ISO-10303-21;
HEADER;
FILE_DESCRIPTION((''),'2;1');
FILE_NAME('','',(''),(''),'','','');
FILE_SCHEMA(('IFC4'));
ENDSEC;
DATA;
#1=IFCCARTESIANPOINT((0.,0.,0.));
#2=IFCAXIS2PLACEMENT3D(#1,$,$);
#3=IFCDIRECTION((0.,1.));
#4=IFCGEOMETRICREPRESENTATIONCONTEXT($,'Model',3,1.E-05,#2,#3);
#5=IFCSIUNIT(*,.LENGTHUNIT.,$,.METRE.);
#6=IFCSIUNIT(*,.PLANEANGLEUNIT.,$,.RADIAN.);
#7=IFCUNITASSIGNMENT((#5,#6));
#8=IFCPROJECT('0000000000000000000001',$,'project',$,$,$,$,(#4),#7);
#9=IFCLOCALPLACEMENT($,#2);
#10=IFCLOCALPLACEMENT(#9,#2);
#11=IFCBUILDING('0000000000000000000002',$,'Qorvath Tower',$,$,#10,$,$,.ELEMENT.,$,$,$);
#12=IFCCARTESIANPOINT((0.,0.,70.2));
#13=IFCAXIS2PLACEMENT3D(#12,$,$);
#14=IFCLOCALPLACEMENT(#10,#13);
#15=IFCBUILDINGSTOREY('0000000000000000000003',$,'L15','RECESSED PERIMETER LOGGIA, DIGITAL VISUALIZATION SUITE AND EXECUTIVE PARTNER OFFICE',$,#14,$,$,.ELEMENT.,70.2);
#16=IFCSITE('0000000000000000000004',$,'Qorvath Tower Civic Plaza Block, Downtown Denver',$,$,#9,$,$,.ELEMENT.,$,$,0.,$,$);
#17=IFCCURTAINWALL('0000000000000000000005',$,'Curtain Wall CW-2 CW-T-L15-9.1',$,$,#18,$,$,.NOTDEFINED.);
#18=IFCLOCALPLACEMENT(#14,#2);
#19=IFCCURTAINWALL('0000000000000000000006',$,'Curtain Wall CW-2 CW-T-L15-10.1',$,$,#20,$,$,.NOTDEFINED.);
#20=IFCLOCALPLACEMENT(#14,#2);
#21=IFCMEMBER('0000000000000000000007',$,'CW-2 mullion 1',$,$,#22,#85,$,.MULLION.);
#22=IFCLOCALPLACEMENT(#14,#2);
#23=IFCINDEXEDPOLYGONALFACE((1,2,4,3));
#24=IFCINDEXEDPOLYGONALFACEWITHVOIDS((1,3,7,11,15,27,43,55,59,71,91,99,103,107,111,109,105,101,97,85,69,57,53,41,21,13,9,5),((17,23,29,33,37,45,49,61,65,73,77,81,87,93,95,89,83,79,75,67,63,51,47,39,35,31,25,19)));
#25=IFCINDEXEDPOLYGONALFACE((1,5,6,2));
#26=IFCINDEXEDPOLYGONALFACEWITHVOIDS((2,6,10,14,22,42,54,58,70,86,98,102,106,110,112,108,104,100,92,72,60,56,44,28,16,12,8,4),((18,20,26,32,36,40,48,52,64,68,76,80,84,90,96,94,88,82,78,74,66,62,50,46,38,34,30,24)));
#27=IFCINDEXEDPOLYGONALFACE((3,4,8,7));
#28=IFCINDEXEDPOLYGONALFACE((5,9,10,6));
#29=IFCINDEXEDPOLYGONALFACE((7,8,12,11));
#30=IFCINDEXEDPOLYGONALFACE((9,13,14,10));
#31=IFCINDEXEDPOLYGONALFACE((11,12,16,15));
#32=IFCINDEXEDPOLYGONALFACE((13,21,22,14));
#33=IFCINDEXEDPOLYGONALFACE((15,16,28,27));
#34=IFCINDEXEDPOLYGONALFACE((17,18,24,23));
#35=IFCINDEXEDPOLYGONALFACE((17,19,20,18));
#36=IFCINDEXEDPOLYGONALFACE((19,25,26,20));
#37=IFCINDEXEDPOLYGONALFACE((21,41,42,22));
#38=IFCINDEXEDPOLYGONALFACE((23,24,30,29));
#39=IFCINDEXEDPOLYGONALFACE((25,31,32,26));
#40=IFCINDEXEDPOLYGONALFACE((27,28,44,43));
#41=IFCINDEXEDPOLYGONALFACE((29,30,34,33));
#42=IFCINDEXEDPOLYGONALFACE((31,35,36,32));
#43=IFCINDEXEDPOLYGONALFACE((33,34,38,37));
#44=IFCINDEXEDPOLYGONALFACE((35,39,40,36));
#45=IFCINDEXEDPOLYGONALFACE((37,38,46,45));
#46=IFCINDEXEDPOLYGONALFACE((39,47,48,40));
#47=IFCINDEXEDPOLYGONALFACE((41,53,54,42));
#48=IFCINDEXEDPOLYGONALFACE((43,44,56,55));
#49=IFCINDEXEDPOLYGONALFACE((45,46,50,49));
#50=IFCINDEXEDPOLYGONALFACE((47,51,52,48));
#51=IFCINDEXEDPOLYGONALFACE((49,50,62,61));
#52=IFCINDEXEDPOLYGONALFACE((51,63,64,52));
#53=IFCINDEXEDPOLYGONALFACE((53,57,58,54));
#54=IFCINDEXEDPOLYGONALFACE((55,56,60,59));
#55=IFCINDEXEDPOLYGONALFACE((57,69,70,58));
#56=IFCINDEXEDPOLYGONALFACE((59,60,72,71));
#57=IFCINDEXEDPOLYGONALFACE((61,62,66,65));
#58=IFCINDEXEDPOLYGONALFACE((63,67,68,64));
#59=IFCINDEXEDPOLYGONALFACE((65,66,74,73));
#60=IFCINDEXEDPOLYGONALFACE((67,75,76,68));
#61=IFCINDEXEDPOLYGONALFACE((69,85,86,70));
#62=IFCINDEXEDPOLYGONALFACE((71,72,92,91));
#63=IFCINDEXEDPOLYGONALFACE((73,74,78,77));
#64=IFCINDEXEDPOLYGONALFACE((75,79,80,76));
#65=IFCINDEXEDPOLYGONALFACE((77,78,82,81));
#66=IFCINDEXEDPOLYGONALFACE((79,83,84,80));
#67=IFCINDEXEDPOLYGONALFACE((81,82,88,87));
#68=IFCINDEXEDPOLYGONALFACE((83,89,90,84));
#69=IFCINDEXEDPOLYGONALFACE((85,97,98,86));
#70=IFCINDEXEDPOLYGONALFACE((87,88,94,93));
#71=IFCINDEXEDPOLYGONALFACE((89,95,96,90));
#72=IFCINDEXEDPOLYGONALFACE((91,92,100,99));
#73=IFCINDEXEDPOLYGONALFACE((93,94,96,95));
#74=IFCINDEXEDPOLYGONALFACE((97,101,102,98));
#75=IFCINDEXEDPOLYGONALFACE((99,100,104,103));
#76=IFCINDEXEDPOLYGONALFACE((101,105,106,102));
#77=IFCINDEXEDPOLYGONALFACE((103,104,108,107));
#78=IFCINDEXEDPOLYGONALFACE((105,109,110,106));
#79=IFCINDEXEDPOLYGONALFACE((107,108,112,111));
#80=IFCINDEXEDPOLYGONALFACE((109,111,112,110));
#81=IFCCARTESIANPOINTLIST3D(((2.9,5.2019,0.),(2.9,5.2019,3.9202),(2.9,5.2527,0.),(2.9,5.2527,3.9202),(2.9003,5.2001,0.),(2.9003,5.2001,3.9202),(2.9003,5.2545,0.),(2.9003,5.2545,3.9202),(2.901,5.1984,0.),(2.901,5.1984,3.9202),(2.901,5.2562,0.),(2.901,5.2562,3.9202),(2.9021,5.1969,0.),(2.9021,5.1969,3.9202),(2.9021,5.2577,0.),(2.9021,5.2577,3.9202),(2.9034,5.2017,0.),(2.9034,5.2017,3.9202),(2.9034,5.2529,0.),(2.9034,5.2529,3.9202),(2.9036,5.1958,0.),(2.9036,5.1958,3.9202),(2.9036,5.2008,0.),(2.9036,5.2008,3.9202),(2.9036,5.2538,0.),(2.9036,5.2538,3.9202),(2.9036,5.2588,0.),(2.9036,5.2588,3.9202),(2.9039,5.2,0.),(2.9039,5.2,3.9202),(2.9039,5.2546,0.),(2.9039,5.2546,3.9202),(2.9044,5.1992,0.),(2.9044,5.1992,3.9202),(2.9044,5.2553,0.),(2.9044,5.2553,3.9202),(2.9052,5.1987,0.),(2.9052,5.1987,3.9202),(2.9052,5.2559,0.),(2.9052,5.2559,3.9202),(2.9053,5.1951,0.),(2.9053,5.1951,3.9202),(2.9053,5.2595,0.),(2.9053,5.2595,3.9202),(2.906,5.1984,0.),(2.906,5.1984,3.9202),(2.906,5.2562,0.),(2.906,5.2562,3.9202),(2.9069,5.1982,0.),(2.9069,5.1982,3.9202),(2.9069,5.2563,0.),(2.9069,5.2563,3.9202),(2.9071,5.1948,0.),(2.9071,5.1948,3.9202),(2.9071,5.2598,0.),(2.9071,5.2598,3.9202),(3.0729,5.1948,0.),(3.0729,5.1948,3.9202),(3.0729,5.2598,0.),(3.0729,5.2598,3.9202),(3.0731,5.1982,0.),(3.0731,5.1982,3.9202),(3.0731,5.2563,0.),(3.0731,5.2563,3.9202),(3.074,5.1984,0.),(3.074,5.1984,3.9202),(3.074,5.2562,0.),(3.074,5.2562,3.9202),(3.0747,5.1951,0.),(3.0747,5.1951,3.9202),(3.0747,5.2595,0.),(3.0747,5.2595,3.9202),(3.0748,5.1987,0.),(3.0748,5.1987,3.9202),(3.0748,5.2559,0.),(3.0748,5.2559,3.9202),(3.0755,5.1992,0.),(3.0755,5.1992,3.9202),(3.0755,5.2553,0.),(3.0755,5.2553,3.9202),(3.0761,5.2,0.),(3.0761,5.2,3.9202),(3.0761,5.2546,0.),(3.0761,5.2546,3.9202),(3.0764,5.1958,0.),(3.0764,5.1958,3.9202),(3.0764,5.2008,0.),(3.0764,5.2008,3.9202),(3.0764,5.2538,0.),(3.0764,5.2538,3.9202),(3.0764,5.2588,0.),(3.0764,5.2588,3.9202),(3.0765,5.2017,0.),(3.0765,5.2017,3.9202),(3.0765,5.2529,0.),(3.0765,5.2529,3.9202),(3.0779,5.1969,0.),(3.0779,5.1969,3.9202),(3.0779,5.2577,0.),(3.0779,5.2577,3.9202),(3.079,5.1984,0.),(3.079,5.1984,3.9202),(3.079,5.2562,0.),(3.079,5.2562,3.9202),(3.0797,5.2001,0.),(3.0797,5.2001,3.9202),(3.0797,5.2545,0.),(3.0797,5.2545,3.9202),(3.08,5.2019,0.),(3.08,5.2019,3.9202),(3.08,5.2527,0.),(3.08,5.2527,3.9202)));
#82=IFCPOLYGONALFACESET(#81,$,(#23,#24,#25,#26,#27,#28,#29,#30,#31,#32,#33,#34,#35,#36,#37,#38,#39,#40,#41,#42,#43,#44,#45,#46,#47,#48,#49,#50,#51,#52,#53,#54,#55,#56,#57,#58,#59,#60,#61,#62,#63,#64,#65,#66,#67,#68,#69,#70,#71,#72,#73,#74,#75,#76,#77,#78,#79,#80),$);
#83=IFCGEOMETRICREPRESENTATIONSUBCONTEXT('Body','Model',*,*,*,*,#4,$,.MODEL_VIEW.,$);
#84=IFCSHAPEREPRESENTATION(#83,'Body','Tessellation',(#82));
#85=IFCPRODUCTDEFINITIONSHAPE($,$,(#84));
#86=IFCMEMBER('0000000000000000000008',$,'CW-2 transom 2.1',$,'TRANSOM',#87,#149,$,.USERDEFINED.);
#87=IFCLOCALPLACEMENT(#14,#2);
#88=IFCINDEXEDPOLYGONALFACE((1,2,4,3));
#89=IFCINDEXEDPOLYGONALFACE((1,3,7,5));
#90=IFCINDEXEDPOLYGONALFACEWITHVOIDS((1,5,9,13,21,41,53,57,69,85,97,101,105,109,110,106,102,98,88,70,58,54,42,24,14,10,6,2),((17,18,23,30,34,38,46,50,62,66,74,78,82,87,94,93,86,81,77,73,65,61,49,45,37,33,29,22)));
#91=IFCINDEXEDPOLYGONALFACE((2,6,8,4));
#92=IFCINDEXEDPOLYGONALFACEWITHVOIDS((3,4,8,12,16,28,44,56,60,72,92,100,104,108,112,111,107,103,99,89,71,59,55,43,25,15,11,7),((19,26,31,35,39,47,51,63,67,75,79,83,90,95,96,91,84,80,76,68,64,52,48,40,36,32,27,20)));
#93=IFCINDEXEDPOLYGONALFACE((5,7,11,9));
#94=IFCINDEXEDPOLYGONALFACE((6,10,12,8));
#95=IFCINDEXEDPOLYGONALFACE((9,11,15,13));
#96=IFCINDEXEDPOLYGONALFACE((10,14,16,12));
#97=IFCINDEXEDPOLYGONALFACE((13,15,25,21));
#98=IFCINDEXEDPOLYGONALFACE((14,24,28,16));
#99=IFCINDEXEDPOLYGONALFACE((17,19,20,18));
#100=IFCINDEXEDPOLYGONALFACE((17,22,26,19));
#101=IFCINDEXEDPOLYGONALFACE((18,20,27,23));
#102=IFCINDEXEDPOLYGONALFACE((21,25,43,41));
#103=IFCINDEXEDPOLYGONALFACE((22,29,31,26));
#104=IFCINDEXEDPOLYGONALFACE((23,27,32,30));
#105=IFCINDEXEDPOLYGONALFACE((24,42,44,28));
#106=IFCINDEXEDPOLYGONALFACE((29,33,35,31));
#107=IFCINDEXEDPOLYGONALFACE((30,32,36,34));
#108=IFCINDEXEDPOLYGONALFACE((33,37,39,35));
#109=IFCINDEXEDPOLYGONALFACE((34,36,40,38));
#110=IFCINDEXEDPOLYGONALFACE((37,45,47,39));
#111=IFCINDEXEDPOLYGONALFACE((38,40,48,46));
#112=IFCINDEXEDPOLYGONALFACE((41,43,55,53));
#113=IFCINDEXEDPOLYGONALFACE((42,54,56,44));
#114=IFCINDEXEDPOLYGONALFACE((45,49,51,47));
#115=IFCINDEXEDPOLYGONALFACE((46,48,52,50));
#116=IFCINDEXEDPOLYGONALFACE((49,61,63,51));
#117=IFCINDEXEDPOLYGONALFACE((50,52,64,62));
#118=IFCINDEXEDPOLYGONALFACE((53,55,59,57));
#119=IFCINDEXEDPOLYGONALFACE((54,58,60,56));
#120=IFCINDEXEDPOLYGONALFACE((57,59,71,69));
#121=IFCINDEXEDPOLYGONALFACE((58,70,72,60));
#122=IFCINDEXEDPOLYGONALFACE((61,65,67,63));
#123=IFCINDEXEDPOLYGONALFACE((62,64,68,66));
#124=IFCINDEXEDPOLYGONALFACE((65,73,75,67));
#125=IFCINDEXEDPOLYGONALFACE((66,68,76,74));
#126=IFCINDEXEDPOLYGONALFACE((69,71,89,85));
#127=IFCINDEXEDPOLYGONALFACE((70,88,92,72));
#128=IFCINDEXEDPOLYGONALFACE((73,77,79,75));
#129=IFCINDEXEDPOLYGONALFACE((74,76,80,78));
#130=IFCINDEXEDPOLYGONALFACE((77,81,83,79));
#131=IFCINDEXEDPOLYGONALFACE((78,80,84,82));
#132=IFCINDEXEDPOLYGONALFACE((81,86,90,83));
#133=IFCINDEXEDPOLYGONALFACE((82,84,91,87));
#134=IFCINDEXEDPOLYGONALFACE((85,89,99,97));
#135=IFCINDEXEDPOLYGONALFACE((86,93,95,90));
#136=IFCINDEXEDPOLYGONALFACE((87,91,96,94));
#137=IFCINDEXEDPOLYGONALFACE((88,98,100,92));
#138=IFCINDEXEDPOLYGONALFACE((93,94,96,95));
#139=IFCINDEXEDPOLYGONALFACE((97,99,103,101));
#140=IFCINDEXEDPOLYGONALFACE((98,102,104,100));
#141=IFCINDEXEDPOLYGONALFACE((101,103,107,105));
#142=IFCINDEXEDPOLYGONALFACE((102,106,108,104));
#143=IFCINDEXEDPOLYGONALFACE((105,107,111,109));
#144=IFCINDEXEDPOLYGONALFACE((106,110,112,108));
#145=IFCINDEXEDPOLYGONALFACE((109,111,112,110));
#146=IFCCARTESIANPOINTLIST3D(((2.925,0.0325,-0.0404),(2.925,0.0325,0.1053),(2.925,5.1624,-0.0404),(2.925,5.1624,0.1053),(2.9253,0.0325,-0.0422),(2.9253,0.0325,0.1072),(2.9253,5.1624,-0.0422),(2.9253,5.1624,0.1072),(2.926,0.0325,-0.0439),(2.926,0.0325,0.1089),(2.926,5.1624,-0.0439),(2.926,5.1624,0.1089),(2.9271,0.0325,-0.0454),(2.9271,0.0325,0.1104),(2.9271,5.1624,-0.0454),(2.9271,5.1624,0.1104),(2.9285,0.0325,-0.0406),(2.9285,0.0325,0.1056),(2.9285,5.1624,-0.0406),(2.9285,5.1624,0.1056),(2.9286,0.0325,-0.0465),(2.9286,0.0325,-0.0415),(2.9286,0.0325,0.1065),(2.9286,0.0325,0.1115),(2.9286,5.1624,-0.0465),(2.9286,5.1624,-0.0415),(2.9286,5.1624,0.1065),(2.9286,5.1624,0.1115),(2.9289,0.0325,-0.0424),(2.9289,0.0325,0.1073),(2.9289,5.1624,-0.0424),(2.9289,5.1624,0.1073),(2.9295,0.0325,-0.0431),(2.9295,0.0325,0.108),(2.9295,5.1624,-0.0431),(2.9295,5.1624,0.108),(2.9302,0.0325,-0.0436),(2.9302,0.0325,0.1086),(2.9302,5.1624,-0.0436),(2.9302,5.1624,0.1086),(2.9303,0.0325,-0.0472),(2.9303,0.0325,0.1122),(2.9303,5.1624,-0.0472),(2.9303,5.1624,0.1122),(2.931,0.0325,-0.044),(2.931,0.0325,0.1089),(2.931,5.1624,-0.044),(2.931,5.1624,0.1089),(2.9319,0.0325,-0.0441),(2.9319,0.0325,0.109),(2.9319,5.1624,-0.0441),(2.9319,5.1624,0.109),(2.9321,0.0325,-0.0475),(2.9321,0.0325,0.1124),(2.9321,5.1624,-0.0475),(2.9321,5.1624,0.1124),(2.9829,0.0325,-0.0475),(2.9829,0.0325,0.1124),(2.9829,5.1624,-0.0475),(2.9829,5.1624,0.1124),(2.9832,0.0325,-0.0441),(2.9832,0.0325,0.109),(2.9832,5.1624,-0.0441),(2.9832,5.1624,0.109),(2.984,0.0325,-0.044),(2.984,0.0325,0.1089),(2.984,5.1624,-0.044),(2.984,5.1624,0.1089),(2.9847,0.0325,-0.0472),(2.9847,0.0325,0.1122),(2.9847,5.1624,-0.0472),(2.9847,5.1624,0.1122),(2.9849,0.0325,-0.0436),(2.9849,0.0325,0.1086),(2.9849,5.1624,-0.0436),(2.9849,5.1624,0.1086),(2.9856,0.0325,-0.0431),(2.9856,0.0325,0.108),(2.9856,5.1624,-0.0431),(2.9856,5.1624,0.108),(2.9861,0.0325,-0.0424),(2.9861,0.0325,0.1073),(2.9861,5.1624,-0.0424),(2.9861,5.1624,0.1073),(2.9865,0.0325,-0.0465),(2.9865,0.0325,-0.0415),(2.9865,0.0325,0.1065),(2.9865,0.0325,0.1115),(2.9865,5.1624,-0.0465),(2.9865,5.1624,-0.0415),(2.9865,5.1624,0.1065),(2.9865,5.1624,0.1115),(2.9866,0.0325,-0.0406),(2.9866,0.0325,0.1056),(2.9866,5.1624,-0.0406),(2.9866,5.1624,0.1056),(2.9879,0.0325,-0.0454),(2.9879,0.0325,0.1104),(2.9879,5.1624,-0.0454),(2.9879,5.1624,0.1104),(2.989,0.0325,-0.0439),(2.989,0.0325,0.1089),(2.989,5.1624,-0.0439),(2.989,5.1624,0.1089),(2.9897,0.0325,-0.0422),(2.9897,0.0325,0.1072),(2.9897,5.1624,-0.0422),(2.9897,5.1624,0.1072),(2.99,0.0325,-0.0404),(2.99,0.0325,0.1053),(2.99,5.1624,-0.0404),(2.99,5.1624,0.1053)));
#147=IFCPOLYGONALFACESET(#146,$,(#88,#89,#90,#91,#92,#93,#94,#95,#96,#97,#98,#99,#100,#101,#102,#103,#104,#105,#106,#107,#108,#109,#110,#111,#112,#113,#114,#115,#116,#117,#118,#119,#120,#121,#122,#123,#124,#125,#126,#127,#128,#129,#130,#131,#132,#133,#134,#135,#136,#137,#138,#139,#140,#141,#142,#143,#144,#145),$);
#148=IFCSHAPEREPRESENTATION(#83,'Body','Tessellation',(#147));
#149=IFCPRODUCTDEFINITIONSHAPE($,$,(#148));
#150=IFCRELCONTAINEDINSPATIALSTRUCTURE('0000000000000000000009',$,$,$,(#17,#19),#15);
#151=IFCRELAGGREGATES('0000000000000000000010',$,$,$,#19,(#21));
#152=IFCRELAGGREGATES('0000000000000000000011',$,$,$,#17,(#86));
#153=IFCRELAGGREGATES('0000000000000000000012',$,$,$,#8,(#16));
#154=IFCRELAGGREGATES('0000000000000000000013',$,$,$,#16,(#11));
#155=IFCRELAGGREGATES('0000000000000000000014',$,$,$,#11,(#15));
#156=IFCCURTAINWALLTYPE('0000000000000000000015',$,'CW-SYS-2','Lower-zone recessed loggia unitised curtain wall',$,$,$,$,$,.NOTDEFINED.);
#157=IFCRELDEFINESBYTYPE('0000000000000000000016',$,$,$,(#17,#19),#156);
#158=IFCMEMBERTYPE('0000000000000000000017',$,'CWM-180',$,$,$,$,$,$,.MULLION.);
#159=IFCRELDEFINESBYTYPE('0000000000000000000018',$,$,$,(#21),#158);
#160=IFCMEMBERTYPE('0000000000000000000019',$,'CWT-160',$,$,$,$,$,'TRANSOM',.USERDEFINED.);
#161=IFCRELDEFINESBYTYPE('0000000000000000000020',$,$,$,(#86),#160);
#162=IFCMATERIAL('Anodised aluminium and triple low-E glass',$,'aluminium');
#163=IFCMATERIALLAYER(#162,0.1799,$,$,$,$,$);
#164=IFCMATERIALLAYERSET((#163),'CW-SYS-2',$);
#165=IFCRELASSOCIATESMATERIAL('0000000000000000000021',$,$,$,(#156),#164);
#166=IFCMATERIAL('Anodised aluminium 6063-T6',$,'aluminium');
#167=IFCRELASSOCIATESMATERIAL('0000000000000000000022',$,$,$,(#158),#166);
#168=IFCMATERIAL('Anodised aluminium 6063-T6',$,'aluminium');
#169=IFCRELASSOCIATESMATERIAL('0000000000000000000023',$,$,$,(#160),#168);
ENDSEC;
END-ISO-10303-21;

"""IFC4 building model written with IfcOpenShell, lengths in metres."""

from ifc_helpers import new_model, si_unit, direction, frame, origin, origin_2d, place, context, subcontext, project, spatial, hollow_rectangle, extrude, material, layer, layer_set, material_profile, profile_set, type_object, element, aggregate, save


model = new_model("IFC4")

# Units and contexts
model_context = context("Model", 3, precision=1e-05, world=origin(), true_north=direction((0.0, 1.0)))
body_context = subcontext(model_context, "Body", "Model", "MODEL_VIEW")
ifc_project = project(units=[si_unit("LENGTHUNIT", "METRE"), si_unit("PLANEANGLEUNIT", "RADIAN")], contexts=[model_context])

# Site, building, storey
site_placement = place(None, origin())
site = spatial("IfcSite", under=ifc_project, at=site_placement, Name="Qorvath Tower Civic Plaza Block, Downtown Denver", CompositionType="ELEMENT", RefElevation=0.0)
building_placement = place(site_placement, origin())
building = spatial("IfcBuilding", under=site, at=building_placement, Name="Qorvath Tower", CompositionType="ELEMENT")
storey_placement = place(building_placement, frame((0.0, 0.0, 70.2)))
storey = spatial("IfcBuildingStorey", under=building, at=storey_placement, Name="L15", Description="RECESSED PERIMETER LOGGIA, DIGITAL VISUALIZATION SUITE AND EXECUTIVE PARTNER OFFICE", CompositionType="ELEMENT", Elevation=70.2)

# Curtain wall
ifc_material_1 = material(Name="Anodised aluminium and triple low-E glass", Category="aluminium")
ifc_layer_1 = layer(ifc_material_1, 0.1799)
ifc_layer_set_1 = layer_set([ifc_layer_1], Name="CW-SYS-2")
curtain_wall_type = type_object("IfcCurtainWallType", Name="CW-SYS-2", Description="Lower-zone recessed loggia unitised curtain wall", PredefinedType="NOTDEFINED", material=ifc_layer_set_1)
curtain_wall_1_placement = place(storey_placement, origin())
curtain_wall_1 = element("IfcCurtainWall", 1, at=curtain_wall_1_placement, inside=storey, type_object=curtain_wall_type, Name="Curtain Wall CW-2 CW-T-L15-9.1", PredefinedType="NOTDEFINED")
ifc_material_2 = material(Name="Anodised aluminium 6063-T6", Category="aluminium")
ifc_material_profile_1 = material_profile(ifc_material_2, hollow_rectangle(XDim=0.0649, YDim=0.1799, WallThickness=0.0034, InnerFilletRadius=0.0034, OuterFilletRadius=0.0071, at=origin_2d()), Name="CWM 180x65")
ifc_profile_set_1 = profile_set([ifc_material_profile_1], Name="Anodised aluminium 6063-T6")
member_type_1 = type_object("IfcMemberType", Name="CWM-180", PredefinedType="MULLION", material=ifc_profile_set_1)

# Curtain wall, member
curtain_wall_2_placement = place(storey_placement, origin())
curtain_wall_2 = element("IfcCurtainWall", 2, at=curtain_wall_2_placement, inside=storey, type_object=curtain_wall_type, Name="Curtain Wall CW-2 CW-T-L15-10.1", PredefinedType="NOTDEFINED")
member_1_placement = place(storey_placement, frame((2.99, 5.2273, 0.0), z_axis=(0.0, 0.0, 1.0), x_axis=(0.0, 1.0, 0.0)))
member_1 = element("IfcMember", 3, at=member_1_placement, type_object=member_type_1, Name="CW-2 mullion 1", PredefinedType="MULLION", context=body_context, shape_type="SweptSolid", body=[
    extrude(hollow_rectangle(XDim=0.0649, YDim=0.1799, WallThickness=0.0034, InnerFilletRadius=0.0034, OuterFilletRadius=0.0071, at=origin_2d()), origin(), (0.0, 0.0, 1.0), 3.9202),
])

# Member
ifc_material_3 = material(Name="Anodised aluminium 6063-T6", Category="aluminium")
ifc_material_profile_2 = material_profile(ifc_material_3, hollow_rectangle(XDim=0.0649, YDim=0.1599, WallThickness=0.0034, InnerFilletRadius=0.0034, OuterFilletRadius=0.0071, at=origin_2d()), Name="CWT 160x65")
ifc_profile_set_2 = profile_set([ifc_material_profile_2], Name="Anodised aluminium 6063-T6")
member_type_2 = type_object("IfcMemberType", Name="CWT-160", ElementType="TRANSOM", PredefinedType="USERDEFINED", material=ifc_profile_set_2)
member_2_placement = place(storey_placement, frame((2.9575, 0.0325, 0.0325), z_axis=(0.0, 1.0, 0.0), x_axis=(-1.0, 0.0, 0.0)))
member_2 = element("IfcMember", 4, at=member_2_placement, type_object=member_type_2, Name="CW-2 transom 2.1", ObjectType="TRANSOM", PredefinedType="USERDEFINED", context=body_context, shape_type="SweptSolid", body=[
    extrude(hollow_rectangle(XDim=0.0649, YDim=0.1599, WallThickness=0.0034, InnerFilletRadius=0.0034, OuterFilletRadius=0.0071, at=origin_2d()), origin(), (0.0, 0.0, 1.0), 5.1299),
])
aggregate(curtain_wall_2, [member_1])

aggregate(curtain_wall_1, [member_2])

save(model, "model.ifc")
